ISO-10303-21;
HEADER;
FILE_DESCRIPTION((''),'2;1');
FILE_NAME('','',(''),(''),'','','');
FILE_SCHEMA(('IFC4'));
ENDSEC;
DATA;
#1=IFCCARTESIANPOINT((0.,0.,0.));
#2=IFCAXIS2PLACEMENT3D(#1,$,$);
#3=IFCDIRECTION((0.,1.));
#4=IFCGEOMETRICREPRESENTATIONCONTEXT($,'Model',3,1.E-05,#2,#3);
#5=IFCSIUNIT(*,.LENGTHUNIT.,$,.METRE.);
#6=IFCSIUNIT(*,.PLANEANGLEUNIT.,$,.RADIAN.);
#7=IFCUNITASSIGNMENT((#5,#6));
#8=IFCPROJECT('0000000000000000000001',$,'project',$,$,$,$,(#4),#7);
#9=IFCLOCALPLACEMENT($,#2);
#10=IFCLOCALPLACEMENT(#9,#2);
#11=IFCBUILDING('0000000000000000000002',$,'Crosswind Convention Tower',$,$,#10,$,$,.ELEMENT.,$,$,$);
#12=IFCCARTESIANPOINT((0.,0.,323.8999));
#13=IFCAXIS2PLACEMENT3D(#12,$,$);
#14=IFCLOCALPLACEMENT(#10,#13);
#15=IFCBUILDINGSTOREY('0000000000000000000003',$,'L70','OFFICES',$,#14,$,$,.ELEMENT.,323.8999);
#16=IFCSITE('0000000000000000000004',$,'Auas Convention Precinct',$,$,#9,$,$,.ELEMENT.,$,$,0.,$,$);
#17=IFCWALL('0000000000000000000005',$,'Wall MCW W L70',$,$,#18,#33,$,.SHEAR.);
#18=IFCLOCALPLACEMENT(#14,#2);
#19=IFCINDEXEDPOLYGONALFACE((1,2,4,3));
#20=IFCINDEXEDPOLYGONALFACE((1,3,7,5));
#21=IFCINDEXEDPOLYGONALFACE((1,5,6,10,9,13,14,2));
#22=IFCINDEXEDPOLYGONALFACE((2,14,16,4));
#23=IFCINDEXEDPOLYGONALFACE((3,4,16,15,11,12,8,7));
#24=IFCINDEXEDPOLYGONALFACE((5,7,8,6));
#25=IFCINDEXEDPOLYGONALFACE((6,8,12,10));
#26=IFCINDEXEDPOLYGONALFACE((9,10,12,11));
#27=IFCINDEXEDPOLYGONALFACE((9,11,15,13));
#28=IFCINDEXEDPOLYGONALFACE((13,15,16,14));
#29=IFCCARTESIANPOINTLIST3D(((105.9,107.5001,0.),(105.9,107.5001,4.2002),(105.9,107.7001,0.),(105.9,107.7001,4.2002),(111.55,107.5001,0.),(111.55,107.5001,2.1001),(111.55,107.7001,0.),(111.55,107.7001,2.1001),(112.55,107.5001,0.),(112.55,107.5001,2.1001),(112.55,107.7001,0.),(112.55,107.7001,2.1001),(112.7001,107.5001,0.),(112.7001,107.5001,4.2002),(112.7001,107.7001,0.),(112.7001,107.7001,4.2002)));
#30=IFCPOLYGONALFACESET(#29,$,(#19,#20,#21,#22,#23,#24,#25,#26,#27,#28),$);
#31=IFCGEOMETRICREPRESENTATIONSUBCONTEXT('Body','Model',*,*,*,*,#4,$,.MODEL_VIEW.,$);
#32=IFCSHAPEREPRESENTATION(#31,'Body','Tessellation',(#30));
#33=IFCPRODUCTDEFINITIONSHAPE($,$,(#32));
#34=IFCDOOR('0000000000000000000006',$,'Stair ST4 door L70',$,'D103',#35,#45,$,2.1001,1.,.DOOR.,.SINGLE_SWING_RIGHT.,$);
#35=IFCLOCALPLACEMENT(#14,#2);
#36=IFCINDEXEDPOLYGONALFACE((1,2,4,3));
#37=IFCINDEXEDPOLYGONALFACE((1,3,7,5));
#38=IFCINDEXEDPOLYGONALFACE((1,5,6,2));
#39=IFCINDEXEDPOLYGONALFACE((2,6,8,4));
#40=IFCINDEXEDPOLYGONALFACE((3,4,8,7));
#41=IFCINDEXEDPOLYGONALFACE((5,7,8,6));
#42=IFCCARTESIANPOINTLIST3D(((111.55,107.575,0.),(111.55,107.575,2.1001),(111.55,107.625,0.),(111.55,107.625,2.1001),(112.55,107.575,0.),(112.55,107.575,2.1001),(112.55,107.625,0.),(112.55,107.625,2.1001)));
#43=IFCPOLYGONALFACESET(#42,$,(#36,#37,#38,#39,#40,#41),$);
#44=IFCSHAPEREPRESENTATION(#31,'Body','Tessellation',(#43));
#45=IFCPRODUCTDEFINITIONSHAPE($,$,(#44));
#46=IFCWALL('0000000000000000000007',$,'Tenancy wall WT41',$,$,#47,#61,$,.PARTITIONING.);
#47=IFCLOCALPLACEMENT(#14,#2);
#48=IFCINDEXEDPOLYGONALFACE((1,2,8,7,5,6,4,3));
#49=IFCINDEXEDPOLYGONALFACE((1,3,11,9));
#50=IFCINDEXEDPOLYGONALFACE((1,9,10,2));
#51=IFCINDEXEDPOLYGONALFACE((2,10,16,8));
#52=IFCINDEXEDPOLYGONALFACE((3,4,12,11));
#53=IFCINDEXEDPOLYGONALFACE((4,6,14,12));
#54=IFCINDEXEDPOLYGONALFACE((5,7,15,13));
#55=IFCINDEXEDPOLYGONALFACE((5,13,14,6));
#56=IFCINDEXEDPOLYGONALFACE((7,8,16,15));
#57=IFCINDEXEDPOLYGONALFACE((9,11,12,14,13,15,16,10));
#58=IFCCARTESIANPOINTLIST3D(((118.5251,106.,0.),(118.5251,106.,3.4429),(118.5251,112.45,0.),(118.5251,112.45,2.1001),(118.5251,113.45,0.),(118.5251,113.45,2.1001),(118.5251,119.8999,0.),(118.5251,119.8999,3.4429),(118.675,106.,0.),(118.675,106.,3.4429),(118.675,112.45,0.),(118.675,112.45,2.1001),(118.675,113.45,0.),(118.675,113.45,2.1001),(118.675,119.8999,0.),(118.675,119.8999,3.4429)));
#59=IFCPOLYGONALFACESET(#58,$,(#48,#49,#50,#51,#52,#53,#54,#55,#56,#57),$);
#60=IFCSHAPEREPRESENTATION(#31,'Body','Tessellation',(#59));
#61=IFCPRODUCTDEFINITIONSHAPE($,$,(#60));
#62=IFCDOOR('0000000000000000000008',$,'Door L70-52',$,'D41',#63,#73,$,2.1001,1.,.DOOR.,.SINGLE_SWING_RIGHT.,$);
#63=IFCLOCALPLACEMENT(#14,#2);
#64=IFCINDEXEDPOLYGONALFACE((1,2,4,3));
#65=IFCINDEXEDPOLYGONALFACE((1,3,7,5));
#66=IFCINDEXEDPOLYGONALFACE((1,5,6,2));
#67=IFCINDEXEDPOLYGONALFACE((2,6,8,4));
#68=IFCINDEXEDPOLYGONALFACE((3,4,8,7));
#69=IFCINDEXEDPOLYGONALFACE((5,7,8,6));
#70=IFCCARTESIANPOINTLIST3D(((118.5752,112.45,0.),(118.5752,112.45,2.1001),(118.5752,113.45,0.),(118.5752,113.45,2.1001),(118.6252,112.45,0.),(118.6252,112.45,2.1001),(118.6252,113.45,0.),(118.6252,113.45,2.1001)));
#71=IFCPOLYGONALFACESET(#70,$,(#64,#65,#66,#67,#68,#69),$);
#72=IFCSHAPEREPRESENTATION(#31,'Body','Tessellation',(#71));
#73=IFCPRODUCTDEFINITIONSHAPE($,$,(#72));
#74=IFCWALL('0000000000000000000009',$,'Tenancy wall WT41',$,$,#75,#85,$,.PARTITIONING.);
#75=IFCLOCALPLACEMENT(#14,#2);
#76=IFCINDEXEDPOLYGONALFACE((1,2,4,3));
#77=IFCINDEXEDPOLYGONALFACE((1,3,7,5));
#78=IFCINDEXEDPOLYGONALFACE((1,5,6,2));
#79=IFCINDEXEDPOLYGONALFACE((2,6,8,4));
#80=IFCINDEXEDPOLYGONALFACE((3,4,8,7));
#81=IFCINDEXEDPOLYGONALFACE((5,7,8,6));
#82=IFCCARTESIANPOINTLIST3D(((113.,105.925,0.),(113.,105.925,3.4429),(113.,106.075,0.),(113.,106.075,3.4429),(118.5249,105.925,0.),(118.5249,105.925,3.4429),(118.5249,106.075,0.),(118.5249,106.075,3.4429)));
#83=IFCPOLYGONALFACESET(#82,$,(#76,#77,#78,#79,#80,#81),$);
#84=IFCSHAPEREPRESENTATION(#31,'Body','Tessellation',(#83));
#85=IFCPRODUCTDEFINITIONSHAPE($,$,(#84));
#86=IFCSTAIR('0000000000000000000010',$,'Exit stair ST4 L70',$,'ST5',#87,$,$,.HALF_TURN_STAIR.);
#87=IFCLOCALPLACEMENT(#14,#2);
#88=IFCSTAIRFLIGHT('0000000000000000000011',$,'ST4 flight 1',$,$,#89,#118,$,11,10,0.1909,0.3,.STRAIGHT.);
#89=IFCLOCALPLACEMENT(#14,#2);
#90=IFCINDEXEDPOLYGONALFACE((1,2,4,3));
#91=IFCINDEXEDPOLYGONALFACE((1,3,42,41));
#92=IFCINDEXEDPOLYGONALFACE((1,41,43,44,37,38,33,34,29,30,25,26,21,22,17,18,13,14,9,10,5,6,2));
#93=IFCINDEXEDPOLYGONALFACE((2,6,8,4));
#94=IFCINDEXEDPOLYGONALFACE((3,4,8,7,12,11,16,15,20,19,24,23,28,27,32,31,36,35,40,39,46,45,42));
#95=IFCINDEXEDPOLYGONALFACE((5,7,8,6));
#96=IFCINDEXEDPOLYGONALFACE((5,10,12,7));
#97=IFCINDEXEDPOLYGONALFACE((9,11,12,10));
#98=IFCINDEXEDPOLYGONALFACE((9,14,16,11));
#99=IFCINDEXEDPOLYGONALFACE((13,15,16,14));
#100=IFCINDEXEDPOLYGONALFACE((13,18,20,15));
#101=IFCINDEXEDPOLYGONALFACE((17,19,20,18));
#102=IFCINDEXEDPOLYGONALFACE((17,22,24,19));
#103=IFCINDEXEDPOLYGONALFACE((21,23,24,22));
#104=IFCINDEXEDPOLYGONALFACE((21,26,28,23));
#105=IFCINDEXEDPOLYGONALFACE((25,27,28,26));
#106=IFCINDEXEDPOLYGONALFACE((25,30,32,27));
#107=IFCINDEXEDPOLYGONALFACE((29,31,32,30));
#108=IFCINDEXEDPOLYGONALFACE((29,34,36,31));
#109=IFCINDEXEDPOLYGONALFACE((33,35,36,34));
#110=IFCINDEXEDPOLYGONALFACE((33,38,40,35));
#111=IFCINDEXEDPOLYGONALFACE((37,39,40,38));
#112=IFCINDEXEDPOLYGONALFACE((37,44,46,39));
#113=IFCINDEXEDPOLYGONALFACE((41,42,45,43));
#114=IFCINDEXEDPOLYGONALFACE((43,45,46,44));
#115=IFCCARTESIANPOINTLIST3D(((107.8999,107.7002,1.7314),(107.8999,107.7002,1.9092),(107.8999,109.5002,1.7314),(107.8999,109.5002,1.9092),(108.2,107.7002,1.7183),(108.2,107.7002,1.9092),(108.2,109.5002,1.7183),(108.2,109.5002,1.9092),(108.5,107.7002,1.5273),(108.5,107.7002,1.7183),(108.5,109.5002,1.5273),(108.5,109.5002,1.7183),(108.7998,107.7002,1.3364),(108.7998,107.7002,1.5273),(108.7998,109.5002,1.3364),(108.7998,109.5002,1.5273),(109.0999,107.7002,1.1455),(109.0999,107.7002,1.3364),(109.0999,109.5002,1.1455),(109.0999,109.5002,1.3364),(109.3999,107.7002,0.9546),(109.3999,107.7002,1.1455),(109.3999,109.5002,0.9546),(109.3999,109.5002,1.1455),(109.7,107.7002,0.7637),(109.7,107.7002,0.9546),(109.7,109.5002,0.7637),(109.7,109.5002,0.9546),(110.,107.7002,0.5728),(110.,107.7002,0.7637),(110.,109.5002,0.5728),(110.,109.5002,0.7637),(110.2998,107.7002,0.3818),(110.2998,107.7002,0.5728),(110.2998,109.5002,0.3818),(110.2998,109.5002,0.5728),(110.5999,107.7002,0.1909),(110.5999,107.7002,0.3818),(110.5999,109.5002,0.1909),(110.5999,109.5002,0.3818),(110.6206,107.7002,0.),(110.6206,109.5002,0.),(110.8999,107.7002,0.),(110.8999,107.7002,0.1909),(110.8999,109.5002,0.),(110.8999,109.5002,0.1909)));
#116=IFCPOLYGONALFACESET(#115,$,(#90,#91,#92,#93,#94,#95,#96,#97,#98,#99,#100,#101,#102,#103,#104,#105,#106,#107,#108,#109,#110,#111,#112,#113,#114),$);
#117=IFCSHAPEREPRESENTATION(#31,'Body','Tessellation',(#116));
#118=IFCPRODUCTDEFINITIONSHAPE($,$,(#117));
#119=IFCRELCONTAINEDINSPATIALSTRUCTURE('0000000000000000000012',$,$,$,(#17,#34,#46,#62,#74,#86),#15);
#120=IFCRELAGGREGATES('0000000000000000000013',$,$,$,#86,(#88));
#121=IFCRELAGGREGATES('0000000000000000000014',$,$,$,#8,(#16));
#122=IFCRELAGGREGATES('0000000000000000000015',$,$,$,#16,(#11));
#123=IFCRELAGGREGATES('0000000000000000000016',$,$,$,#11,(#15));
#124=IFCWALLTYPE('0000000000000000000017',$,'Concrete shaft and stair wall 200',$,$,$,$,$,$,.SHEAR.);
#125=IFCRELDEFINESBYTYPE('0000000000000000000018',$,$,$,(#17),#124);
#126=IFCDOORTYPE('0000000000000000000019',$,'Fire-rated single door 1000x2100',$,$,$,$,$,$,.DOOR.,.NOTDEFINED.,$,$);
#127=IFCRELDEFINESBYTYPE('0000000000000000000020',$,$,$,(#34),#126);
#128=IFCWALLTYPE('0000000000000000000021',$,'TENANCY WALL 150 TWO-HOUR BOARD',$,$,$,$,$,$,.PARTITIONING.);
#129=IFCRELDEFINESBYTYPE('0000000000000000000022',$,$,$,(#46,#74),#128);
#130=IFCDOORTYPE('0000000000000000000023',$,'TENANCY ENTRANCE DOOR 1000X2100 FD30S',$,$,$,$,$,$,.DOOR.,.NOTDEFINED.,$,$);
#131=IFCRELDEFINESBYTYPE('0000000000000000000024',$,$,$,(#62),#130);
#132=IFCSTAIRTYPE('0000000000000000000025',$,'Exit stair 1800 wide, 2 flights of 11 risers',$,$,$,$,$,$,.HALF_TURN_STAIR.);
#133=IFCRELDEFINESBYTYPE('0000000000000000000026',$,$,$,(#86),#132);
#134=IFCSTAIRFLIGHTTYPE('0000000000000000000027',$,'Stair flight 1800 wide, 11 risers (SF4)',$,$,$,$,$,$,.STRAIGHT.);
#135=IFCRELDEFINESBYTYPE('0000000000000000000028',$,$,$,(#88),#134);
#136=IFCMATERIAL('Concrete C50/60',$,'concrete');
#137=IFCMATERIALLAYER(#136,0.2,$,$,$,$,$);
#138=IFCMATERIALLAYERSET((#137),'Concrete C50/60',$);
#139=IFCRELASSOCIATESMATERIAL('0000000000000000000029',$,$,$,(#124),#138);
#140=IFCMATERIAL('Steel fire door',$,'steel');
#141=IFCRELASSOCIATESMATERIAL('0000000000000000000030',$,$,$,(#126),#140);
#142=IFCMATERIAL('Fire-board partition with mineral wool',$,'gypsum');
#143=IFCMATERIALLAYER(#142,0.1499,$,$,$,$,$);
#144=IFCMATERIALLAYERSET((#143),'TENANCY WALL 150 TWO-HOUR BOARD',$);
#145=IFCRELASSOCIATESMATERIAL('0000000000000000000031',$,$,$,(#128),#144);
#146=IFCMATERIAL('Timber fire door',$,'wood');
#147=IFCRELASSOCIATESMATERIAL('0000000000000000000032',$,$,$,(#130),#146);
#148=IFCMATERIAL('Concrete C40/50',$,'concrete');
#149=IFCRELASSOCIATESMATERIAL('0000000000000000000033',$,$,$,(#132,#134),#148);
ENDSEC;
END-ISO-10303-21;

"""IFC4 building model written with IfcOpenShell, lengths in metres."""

from ifc_helpers import new_model, si_unit, direction, frame, frame_2d, origin, place, context, subcontext, project, spatial, polyline, rectangle, outline, extrude, material, layer, layer_set, type_object, element, fill, aggregate, save


model = new_model("IFC4")

# Units and contexts
model_context = context("Model", 3, precision=1e-05, world=origin(), true_north=direction((0.0, 1.0)))
body_context = subcontext(model_context, "Body", "Model", "MODEL_VIEW")
ifc_project = project(units=[si_unit("LENGTHUNIT", "METRE"), si_unit("PLANEANGLEUNIT", "RADIAN")], contexts=[model_context])

# Site, building, storey
site_placement = place(None, origin())
site = spatial("IfcSite", under=ifc_project, at=site_placement, Name="Auas Convention Precinct", CompositionType="ELEMENT", RefElevation=0.0)
building_placement = place(site_placement, origin())
building = spatial("IfcBuilding", under=site, at=building_placement, Name="Crosswind Convention Tower", CompositionType="ELEMENT")
storey_placement = place(building_placement, frame((0.0, 0.0, 323.8999)))
storey = spatial("IfcBuildingStorey", under=building, at=storey_placement, Name="L70", Description="OFFICES", CompositionType="ELEMENT", Elevation=323.8999)

# Shared definitions
ifc_material_1 = material(Name="Concrete C50/60", Category="concrete")
ifc_layer_1 = layer(ifc_material_1, 0.2)
ifc_layer_set_1 = layer_set([ifc_layer_1], Name="Concrete C50/60")
wall_type_1 = type_object("IfcWallType", Name="Concrete shaft and stair wall 200", PredefinedType="SHEAR", material=ifc_layer_set_1)

# Walls, openings, doors
ifc_material_2 = material(Name="Steel fire door", Category="steel")
wall_1_placement = place(storey_placement, frame((112.7, 107.6001, 0.0), z_axis=(0.0, 0.0, 1.0), x_axis=(-1.0, 0.0, 0.0)))
wall_1 = element("IfcWall", 1, at=wall_1_placement, inside=storey, type_object=wall_type_1, Name="Wall MCW W L70", PredefinedType="SHEAR", context=body_context, shape_type="SweptSolid", body=[
    extrude(rectangle(XDim=6.8, YDim=0.2, at=frame_2d((3.3999, 0.0))), origin(), (0.0, 0.0, 1.0), 4.2002),
])
opening_1_placement = place(wall_1_placement, frame((0.1499, 0.0, 0.0)))
opening_1 = element("IfcOpeningElement", 2, at=opening_1_placement, cuts=wall_1, PredefinedType="OPENING", context=body_context, shape_type="SweptSolid", body=[
    extrude(rectangle(XDim=1.0, YDim=2.1001, at=frame_2d((0.5, 1.05))), frame((0.0, 0.1099, 0.0), z_axis=(0.0, -1.0, 0.0), x_axis=(1.0, 0.0, 0.0)), (0.0, 0.0, 1.0), 0.22),
])
door_type_1 = type_object("IfcDoorType", Name="Fire-rated single door 1000x2100", OperationType="NOTDEFINED", PredefinedType="DOOR", material=ifc_material_2)
door_1_placement = place(opening_1_placement, frame((1.0, 0.0, 0.0), z_axis=(0.0, 0.0, 1.0), x_axis=(-1.0, 0.0, 0.0)))
door_1 = element("IfcDoor", 3, at=door_1_placement, inside=storey, type_object=door_type_1, Name="Stair ST4 door L70", ObjectType="D103", OperationType="SINGLE_SWING_RIGHT", OverallHeight=2.1001, OverallWidth=1.0, PredefinedType="DOOR", context=body_context, shape_type="SweptSolid", body=[
    extrude(rectangle(XDim=1.0, YDim=2.1001, at=frame_2d((0.5, 1.05))), frame((0.0, 0.0249, 0.0), z_axis=(0.0, -1.0, 0.0), x_axis=(1.0, 0.0, 0.0)), (0.0, 0.0, 1.0), 0.05),
])
fill(opening_1, door_1)
ifc_material_3 = material(Name="Fire-board partition with mineral wool", Category="gypsum")
ifc_layer_2 = layer(ifc_material_3, 0.1499)
ifc_layer_set_2 = layer_set([ifc_layer_2], Name="TENANCY WALL 150 TWO-HOUR BOARD")
wall_type_2 = type_object("IfcWallType", Name="TENANCY WALL 150 TWO-HOUR BOARD", PredefinedType="PARTITIONING", material=ifc_layer_set_2)
wall_2_placement = place(storey_placement, frame((118.6001, 106.0, 0.0), z_axis=(0.0, 0.0, 1.0), x_axis=(0.0, 1.0, 0.0)))
wall_2 = element("IfcWall", 4, at=wall_2_placement, inside=storey, type_object=wall_type_2, Name="Tenancy wall WT41", PredefinedType="PARTITIONING", context=body_context, shape_type="SweptSolid", body=[
    extrude(rectangle(XDim=13.8999, YDim=0.1499, at=frame_2d((6.95, 0.0))), origin(), (0.0, 0.0, 1.0), 3.4429),
])
opening_2_placement = place(wall_2_placement, frame((6.45, 0.0, 0.0)))
opening_2 = element("IfcOpeningElement", 5, at=opening_2_placement, cuts=wall_2, PredefinedType="OPENING", context=body_context, shape_type="SweptSolid", body=[
    extrude(rectangle(XDim=1.0, YDim=2.1001, at=frame_2d((0.5, 1.05))), frame((0.0, 0.085, 0.0), z_axis=(0.0, -1.0, 0.0), x_axis=(1.0, 0.0, 0.0)), (0.0, 0.0, 1.0), 0.1699),
])
ifc_material_4 = material(Name="Timber fire door", Category="wood")
door_type_2 = type_object("IfcDoorType", Name="TENANCY ENTRANCE DOOR 1000X2100 FD30S", OperationType="NOTDEFINED", PredefinedType="DOOR", material=ifc_material_4)
door_2_placement = place(opening_2_placement, origin())
door_2 = element("IfcDoor", 6, at=door_2_placement, inside=storey, type_object=door_type_2, Name="Door L70-52", ObjectType="D41", OperationType="SINGLE_SWING_RIGHT", OverallHeight=2.1001, OverallWidth=1.0, PredefinedType="DOOR", context=body_context, shape_type="SweptSolid", body=[
    extrude(rectangle(XDim=1.0, YDim=2.1001, at=frame_2d((0.5, 1.05))), frame((0.0, 0.0249, 0.0), z_axis=(0.0, -1.0, 0.0), x_axis=(1.0, 0.0, 0.0)), (0.0, 0.0, 1.0), 0.05),
])
fill(opening_2, door_2)

# Wall
wall_3_placement = place(storey_placement, frame((113.0, 106.0, 0.0), z_axis=(0.0, 0.0, 1.0), x_axis=(1.0, 0.0, 0.0)))
element("IfcWall", 7, at=wall_3_placement, inside=storey, type_object=wall_type_2, Name="Tenancy wall WT41", PredefinedType="PARTITIONING", context=body_context, shape_type="SweptSolid", body=[
    extrude(rectangle(XDim=5.5249, YDim=0.1499, at=frame_2d((2.7625, 0.0))), origin(), (0.0, 0.0, 1.0), 3.4429),
])

# Stair, stair flight
ifc_material_5 = material(Name="Concrete C40/50", Category="concrete")
stair_type = type_object("IfcStairType", Name="Exit stair 1800 wide, 2 flights of 11 risers", PredefinedType="HALF_TURN_STAIR", material=ifc_material_5)
stair_placement = place(storey_placement, origin())
stair = element("IfcStair", 8, at=stair_placement, inside=storey, type_object=stair_type, Name="Exit stair ST4 L70", ObjectType="ST5", PredefinedType="HALF_TURN_STAIR")
stair_flight_type = type_object("IfcStairFlightType", Name="Stair flight 1800 wide, 11 risers (SF4)", PredefinedType="STRAIGHT", material=ifc_material_5)
stair_flight_placement = place(storey_placement, frame((110.8999, 108.6001, 0.0), z_axis=(0.0, 0.0, 1.0), x_axis=(-1.0, 0.0, 0.0)))
stair_flight = element("IfcStairFlight", 9, at=stair_flight_placement, type_object=stair_flight_type, Name="ST4 flight 1", NumberOfRisers=11, NumberOfTreads=10, PredefinedType="STRAIGHT", RiserHeight=0.1909, TreadLength=0.3, context=body_context, shape_type="SweptSolid", body=[
    extrude(outline(polyline([(0.0, 0.0), (0.0, 0.1909), (0.3, 0.1909), (0.3, 0.3818), (0.6001, 0.3818), (0.6001, 0.5728), (0.8999, 0.5728), (0.8999, 0.7637), (1.2, 0.7637), (1.2, 0.9546), (1.5, 0.9546), (1.5, 1.1455), (1.8, 1.1455), (1.8, 1.3364), (2.1001, 1.3364), (2.1001, 1.5273), (2.3999, 1.5273), (2.3999, 1.7183), (2.7, 1.7183), (2.7, 1.9092), (3.0, 1.9092), (3.0, 2.1001), (3.0, 1.7314), (0.2793, 0.0), (0.0, 0.0)])), frame((0.0, 0.8999, 0.0), z_axis=(0.0, -1.0, 0.0), x_axis=(1.0, 0.0, 0.0)), (0.0, 0.0, 1.0), 1.8),
])
aggregate(stair, [stair_flight])

save(model, "model.ifc")
